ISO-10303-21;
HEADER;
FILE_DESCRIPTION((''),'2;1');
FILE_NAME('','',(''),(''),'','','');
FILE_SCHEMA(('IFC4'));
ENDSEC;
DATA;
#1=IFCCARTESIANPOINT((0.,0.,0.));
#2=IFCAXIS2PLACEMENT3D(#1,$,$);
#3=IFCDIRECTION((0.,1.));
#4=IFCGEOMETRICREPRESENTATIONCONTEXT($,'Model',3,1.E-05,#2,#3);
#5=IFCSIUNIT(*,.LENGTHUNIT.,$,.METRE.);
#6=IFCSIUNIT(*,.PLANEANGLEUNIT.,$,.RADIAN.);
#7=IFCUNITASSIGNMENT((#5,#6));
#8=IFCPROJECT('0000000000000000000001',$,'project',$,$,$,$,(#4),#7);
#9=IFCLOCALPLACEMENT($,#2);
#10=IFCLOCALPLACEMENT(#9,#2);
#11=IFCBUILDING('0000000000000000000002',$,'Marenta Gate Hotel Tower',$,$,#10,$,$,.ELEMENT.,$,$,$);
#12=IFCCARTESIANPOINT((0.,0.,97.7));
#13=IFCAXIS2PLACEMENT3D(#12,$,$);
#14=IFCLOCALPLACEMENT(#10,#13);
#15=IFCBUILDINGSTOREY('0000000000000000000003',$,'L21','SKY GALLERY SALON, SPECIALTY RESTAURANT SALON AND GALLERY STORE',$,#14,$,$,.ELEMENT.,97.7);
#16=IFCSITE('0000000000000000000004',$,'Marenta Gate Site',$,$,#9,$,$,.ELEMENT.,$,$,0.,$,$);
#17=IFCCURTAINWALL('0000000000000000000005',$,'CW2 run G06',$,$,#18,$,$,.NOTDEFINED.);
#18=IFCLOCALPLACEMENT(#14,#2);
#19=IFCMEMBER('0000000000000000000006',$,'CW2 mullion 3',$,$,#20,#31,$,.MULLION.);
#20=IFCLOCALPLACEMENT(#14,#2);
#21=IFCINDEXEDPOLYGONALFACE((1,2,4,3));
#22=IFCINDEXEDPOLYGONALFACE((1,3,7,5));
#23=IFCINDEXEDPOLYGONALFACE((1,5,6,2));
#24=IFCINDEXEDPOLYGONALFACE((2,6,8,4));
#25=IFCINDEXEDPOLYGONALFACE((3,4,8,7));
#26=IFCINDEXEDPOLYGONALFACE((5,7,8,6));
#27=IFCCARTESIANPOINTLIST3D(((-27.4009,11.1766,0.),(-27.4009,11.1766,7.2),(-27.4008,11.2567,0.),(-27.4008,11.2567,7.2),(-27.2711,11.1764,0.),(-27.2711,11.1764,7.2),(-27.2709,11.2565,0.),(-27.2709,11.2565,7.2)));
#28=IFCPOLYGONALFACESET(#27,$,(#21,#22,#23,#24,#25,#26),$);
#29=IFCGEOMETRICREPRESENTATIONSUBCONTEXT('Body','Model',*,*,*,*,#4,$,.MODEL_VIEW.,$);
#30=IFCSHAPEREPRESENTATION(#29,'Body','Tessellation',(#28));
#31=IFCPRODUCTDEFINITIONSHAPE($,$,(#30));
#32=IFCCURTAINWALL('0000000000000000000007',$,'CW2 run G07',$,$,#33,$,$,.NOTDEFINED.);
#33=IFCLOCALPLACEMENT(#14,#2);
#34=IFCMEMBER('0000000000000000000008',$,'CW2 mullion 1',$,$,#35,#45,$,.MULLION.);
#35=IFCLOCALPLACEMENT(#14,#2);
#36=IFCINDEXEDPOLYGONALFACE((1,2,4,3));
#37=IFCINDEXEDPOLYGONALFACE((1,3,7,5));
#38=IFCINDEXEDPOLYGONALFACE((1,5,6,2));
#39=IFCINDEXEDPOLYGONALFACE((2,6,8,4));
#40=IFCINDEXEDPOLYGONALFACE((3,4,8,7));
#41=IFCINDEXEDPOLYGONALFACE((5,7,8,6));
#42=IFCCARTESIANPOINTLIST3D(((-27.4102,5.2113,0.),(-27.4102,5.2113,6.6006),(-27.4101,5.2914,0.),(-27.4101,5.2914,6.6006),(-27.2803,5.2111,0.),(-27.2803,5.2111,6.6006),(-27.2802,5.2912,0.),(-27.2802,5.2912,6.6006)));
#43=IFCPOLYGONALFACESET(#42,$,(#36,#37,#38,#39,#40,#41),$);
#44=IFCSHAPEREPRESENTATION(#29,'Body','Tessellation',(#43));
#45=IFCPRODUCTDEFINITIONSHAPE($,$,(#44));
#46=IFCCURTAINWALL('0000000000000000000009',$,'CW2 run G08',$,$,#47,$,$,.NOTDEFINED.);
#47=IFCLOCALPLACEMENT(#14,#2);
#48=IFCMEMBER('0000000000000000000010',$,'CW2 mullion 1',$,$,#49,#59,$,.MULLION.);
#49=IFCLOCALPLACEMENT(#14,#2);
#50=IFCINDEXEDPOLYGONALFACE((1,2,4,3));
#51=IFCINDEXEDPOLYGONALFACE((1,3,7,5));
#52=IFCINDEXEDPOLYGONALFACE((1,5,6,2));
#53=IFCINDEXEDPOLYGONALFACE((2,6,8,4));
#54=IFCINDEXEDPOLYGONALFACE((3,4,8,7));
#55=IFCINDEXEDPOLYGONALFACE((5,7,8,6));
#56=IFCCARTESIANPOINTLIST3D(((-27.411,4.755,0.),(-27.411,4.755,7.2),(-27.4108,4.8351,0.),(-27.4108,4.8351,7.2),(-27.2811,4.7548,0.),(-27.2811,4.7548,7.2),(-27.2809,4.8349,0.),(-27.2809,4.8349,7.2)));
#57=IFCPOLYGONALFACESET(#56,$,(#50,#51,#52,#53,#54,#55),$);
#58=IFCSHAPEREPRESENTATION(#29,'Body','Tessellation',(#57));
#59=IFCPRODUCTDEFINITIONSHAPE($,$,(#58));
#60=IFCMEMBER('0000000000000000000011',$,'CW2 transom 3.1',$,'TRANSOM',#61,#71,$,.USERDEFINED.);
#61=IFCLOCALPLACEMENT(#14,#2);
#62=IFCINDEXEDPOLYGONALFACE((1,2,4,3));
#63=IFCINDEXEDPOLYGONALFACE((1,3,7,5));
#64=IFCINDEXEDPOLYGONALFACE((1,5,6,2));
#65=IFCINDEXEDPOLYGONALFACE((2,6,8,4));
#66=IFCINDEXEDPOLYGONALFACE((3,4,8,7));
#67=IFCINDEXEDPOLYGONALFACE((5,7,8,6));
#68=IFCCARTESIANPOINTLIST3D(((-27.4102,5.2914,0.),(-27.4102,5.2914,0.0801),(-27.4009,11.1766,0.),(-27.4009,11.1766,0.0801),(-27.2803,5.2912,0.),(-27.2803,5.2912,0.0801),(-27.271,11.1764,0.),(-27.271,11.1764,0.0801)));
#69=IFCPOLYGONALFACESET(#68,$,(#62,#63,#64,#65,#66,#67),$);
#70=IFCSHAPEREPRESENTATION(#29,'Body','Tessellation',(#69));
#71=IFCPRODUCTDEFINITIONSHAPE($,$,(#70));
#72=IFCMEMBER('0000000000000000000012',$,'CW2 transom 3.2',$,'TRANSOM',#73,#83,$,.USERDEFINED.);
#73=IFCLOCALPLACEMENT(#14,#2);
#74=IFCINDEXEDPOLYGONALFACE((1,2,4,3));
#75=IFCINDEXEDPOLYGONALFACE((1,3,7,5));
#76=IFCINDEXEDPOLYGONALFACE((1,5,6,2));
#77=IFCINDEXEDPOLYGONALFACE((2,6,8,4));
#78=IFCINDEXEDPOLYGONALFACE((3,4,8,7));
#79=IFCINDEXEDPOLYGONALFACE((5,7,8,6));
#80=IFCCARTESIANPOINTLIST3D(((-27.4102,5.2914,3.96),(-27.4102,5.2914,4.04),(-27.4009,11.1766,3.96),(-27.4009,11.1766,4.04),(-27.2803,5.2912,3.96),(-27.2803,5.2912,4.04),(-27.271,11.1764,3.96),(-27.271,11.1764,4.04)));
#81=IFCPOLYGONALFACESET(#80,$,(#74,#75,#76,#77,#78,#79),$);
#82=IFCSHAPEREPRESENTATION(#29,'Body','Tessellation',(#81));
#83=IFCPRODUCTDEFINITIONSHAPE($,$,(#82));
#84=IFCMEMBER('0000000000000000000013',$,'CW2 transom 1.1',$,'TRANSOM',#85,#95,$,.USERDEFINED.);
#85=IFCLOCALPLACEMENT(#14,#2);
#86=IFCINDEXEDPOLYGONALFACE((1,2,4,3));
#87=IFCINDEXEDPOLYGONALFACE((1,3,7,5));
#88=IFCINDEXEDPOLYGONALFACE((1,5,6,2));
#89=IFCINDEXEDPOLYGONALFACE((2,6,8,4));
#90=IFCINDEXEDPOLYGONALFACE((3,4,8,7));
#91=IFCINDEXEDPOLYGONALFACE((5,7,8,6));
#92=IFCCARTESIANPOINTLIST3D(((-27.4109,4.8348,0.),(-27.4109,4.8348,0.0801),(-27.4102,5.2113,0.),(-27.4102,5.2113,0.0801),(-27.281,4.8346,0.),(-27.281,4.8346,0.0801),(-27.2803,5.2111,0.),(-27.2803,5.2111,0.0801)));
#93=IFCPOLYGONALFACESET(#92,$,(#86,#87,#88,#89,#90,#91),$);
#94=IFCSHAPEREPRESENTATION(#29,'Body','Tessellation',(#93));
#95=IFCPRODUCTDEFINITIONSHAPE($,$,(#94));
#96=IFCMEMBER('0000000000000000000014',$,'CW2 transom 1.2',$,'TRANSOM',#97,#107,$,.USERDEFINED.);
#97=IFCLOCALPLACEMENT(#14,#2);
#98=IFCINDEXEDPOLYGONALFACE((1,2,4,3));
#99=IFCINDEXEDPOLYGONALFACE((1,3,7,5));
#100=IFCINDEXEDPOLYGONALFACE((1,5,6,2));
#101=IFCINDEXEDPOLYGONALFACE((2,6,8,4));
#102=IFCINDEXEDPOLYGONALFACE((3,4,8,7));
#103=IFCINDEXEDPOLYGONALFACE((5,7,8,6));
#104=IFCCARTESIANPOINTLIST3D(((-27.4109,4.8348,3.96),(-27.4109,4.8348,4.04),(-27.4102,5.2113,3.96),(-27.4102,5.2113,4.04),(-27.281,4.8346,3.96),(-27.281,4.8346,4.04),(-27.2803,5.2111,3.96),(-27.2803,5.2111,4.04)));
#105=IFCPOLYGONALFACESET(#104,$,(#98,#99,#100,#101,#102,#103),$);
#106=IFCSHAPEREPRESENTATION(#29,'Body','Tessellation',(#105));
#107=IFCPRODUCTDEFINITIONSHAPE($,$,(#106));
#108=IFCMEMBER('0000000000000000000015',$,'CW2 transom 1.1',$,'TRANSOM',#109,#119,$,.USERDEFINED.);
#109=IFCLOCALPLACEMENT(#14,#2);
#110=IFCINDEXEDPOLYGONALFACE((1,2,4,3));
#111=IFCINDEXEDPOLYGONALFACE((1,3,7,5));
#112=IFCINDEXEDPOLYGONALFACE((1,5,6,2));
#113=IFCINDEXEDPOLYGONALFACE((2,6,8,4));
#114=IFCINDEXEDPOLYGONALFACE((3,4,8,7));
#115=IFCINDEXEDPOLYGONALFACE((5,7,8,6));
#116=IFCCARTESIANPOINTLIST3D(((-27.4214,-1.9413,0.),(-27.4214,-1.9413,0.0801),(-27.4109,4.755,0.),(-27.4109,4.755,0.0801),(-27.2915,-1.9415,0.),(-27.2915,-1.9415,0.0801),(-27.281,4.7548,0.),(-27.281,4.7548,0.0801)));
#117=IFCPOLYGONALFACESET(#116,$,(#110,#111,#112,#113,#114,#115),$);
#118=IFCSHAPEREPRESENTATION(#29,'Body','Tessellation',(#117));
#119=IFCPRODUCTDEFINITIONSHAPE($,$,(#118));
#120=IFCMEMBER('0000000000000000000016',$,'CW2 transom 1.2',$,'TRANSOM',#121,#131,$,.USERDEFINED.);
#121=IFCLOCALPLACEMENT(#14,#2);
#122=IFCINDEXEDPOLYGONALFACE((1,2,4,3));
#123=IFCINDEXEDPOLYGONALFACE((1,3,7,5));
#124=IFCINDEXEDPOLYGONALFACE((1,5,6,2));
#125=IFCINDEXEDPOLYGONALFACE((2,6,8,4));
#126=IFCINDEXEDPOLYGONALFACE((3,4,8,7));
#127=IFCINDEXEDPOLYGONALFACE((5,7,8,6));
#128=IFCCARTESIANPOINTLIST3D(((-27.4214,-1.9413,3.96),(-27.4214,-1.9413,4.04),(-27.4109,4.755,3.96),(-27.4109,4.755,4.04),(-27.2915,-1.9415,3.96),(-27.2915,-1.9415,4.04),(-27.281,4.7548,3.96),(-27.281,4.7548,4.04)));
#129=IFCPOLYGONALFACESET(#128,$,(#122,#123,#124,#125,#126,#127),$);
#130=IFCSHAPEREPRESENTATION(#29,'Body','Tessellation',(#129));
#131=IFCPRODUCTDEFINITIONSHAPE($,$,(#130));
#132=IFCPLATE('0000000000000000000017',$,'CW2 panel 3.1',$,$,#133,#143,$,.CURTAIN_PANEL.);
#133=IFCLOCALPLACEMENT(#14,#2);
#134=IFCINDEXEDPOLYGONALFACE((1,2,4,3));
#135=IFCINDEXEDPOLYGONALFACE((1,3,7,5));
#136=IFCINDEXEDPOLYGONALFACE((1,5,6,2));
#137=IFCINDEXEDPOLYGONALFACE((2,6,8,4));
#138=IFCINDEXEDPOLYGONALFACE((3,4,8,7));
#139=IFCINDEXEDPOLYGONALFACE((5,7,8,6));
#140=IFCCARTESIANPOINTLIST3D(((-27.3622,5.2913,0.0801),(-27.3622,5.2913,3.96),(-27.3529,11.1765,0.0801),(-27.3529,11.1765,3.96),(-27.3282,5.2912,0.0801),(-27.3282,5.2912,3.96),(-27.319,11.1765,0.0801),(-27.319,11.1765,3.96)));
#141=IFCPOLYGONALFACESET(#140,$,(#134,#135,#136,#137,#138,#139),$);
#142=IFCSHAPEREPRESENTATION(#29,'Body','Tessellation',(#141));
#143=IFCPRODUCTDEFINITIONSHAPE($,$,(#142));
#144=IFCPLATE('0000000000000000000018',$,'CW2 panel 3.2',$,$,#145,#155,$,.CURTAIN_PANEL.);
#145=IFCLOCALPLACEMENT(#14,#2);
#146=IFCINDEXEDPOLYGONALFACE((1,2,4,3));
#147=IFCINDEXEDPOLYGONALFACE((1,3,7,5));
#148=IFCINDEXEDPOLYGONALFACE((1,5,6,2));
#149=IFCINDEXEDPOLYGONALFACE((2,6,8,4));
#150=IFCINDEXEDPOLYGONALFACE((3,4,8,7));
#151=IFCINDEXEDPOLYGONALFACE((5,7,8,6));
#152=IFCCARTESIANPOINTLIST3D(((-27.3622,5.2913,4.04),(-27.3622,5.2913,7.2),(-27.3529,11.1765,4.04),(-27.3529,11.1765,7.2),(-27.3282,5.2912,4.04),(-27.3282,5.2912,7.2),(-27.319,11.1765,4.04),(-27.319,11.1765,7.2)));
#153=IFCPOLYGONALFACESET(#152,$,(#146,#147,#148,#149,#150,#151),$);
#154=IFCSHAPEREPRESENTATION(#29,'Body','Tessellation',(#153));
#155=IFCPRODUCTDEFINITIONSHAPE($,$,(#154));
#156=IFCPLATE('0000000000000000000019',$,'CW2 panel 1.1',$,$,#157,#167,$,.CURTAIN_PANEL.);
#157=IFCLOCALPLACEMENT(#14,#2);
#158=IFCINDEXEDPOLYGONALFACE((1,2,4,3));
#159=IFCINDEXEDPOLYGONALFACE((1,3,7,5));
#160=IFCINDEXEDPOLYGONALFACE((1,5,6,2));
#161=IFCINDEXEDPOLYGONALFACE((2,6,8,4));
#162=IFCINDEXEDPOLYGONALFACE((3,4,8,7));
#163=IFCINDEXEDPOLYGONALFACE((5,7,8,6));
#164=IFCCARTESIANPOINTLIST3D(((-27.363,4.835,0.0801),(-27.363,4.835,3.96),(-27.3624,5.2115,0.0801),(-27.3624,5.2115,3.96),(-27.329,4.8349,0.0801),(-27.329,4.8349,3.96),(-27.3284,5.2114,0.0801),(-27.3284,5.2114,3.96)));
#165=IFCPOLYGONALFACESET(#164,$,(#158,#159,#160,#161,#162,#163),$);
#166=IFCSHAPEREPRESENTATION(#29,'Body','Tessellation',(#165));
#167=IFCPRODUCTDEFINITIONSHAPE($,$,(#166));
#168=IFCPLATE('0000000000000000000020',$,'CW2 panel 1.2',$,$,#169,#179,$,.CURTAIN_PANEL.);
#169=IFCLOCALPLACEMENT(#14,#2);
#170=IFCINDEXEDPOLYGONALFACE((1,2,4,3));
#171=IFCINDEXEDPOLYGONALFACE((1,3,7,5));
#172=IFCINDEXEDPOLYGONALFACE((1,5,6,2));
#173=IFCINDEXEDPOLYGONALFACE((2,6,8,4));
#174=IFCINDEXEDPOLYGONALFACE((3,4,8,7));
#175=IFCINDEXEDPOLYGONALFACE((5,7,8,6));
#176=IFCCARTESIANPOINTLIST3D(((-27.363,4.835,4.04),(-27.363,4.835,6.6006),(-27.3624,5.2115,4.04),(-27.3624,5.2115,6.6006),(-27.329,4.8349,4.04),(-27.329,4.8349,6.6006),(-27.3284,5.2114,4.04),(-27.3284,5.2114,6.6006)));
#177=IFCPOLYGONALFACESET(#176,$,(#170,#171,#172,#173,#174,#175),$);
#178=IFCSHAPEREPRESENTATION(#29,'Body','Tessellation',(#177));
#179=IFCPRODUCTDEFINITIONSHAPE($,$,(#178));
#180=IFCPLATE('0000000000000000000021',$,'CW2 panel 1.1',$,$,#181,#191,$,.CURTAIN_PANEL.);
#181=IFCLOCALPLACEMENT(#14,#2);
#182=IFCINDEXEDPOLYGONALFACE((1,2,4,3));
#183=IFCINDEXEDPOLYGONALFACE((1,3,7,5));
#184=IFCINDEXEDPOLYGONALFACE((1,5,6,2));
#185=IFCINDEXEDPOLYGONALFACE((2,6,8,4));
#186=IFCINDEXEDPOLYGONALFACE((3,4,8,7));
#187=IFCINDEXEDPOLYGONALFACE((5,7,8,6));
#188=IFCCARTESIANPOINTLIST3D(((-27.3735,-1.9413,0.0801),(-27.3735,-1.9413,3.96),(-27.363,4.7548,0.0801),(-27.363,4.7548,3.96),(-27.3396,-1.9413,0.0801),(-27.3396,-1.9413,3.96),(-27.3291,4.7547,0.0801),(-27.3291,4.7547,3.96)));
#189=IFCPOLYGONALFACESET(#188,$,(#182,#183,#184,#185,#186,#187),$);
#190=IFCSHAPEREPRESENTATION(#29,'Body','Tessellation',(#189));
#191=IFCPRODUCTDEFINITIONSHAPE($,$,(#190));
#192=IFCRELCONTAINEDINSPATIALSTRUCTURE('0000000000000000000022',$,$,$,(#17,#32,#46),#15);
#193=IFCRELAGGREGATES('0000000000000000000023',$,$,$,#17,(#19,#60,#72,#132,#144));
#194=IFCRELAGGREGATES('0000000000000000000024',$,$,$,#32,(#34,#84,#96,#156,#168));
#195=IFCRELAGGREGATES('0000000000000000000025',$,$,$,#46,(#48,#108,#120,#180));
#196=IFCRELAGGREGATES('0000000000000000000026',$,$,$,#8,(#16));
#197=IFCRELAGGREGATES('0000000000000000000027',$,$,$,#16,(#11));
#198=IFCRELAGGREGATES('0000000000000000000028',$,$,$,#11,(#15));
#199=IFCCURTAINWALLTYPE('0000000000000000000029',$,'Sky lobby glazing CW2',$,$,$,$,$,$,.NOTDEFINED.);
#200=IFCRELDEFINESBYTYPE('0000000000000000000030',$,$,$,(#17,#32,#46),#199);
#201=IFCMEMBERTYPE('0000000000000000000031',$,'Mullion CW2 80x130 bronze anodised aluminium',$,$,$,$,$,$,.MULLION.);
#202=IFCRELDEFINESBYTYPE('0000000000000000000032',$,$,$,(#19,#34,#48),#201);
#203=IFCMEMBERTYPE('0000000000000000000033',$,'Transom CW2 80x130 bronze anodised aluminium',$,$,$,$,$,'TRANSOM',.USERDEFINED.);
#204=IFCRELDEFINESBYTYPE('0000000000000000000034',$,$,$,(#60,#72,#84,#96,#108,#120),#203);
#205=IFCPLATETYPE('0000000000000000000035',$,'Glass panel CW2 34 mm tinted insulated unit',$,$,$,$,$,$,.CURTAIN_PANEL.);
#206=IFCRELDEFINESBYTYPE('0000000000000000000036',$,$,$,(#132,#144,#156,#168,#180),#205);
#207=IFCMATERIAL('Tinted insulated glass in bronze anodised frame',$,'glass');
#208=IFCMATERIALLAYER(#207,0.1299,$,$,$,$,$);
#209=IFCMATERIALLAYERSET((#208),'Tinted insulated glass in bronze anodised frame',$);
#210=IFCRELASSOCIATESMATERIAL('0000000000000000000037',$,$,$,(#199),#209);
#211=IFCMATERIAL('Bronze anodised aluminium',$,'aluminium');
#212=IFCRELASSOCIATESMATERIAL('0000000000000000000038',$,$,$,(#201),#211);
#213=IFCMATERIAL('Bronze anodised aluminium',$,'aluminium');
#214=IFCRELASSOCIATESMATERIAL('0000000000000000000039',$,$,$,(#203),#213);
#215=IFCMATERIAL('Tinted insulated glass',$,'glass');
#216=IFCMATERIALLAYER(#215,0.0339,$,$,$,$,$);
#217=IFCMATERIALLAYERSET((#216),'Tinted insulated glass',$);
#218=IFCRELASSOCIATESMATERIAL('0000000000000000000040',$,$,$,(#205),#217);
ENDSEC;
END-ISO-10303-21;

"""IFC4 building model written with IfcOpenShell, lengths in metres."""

from ifc_helpers import new_model, si_unit, direction, frame, origin, origin_2d, place, context, subcontext, project, spatial, rectangle, extrude, material, layer, layer_set, material_profile, profile_set, type_object, element, aggregate, save


model = new_model("IFC4")

# Units and contexts
model_context = context("Model", 3, precision=1e-05, world=origin(), true_north=direction((0.0, 1.0)))
body_context = subcontext(model_context, "Body", "Model", "MODEL_VIEW")
ifc_project = project(units=[si_unit("LENGTHUNIT", "METRE"), si_unit("PLANEANGLEUNIT", "RADIAN")], contexts=[model_context])

# Site, building, storey
site_placement = place(None, origin())
site = spatial("IfcSite", under=ifc_project, at=site_placement, Name="Marenta Gate Site", CompositionType="ELEMENT", RefElevation=0.0)
building_placement = place(site_placement, origin())
building = spatial("IfcBuilding", under=site, at=building_placement, Name="Marenta Gate Hotel Tower", CompositionType="ELEMENT")
storey_placement = place(building_placement, frame((0.0, 0.0, 97.7)))
storey = spatial("IfcBuildingStorey", under=building, at=storey_placement, Name="L21", Description="SKY GALLERY SALON, SPECIALTY RESTAURANT SALON AND GALLERY STORE", CompositionType="ELEMENT", Elevation=97.7)

# Curtain walls, members
ifc_material_1 = material(Name="Tinted insulated glass in bronze anodised frame", Category="glass")
ifc_layer_1 = layer(ifc_material_1, 0.1299)
ifc_layer_set_1 = layer_set([ifc_layer_1], Name="Tinted insulated glass in bronze anodised frame")
curtain_wall_type = type_object("IfcCurtainWallType", Name="Sky lobby glazing CW2", PredefinedType="NOTDEFINED", material=ifc_layer_set_1)
curtain_wall_1_placement = place(storey_placement, origin())
curtain_wall_1 = element("IfcCurtainWall", 1, at=curtain_wall_1_placement, inside=storey, type_object=curtain_wall_type, Name="CW2 run G06", PredefinedType="NOTDEFINED")
ifc_material_2 = material(Name="Bronze anodised aluminium", Category="aluminium")
ifc_material_profile_1 = material_profile(ifc_material_2, rectangle(XDim=0.1299, YDim=0.0801, at=origin_2d()), Name="Mullion CW2 80x130 bronze anodised aluminium")
ifc_profile_set_1 = profile_set([ifc_material_profile_1], Name="Bronze anodised aluminium")
member_type_1 = type_object("IfcMemberType", Name="Mullion CW2 80x130 bronze anodised aluminium", PredefinedType="MULLION", material=ifc_profile_set_1)
member_1_placement = place(storey_placement, frame((-27.3359, 11.2166, 0.0), z_axis=(0.0, 0.0, 1.0), x_axis=(0.999999, -0.00157, 0.0)))
member_1 = element("IfcMember", 2, at=member_1_placement, type_object=member_type_1, Name="CW2 mullion 3", PredefinedType="MULLION", context=body_context, shape_type="SweptSolid", body=[
    extrude(rectangle(XDim=0.1299, YDim=0.0801, at=origin_2d()), origin(), (0.0, 0.0, 1.0), 7.2),
])
curtain_wall_2_placement = place(storey_placement, origin())
curtain_wall_2 = element("IfcCurtainWall", 3, at=curtain_wall_2_placement, inside=storey, type_object=curtain_wall_type, Name="CW2 run G07", PredefinedType="NOTDEFINED")
member_2_placement = place(storey_placement, frame((-27.3452, 5.2512, 0.0), z_axis=(0.0, 0.0, 1.0), x_axis=(0.999999, -0.001533, 0.0)))
member_2 = element("IfcMember", 4, at=member_2_placement, type_object=member_type_1, Name="CW2 mullion 1", PredefinedType="MULLION", context=body_context, shape_type="SweptSolid", body=[
    extrude(rectangle(XDim=0.1299, YDim=0.0801, at=origin_2d()), origin(), (0.0, 0.0, 1.0), 6.6006),
])
curtain_wall_3_placement = place(storey_placement, origin())
curtain_wall_3 = element("IfcCurtainWall", 5, at=curtain_wall_3_placement, inside=storey, type_object=curtain_wall_type, Name="CW2 run G08", PredefinedType="NOTDEFINED")
member_3_placement = place(storey_placement, frame((-27.3459, 4.7949, 0.0), z_axis=(0.0, 0.0, 1.0), x_axis=(0.999999, -0.001565, 0.0)))
member_3 = element("IfcMember", 6, at=member_3_placement, type_object=member_type_1, Name="CW2 mullion 1", PredefinedType="MULLION", context=body_context, shape_type="SweptSolid", body=[
    extrude(rectangle(XDim=0.1299, YDim=0.0801, at=origin_2d()), origin(), (0.0, 0.0, 1.0), 7.2),
])

# Members
ifc_material_3 = material(Name="Bronze anodised aluminium", Category="aluminium")
ifc_material_profile_2 = material_profile(ifc_material_3, rectangle(XDim=0.1299, YDim=0.0801, at=origin_2d()), Name="Transom CW2 80x130 bronze anodised aluminium")
ifc_profile_set_2 = profile_set([ifc_material_profile_2], Name="Bronze anodised aluminium")
member_type_2 = type_object("IfcMemberType", Name="Transom CW2 80x130 bronze anodised aluminium", ElementType="TRANSOM", PredefinedType="USERDEFINED", material=ifc_profile_set_2)
member_4_placement = place(storey_placement, frame((-27.3359, 11.1765, 0.04), z_axis=(-0.001576, -0.999999, 0.0), x_axis=(0.999999, -0.001576, 0.0)))
member_4 = element("IfcMember", 7, at=member_4_placement, type_object=member_type_2, Name="CW2 transom 3.1", ObjectType="TRANSOM", PredefinedType="USERDEFINED", context=body_context, shape_type="SweptSolid", body=[
    extrude(rectangle(XDim=0.1299, YDim=0.0801, at=origin_2d()), origin(), (0.0, 0.0, 1.0), 5.8853),
])
member_5_placement = place(storey_placement, frame((-27.3359, 11.1765, 4.0), z_axis=(-0.001576, -0.999999, 0.0), x_axis=(0.999999, -0.001576, 0.0)))
member_5 = element("IfcMember", 8, at=member_5_placement, type_object=member_type_2, Name="CW2 transom 3.2", ObjectType="TRANSOM", PredefinedType="USERDEFINED", context=body_context, shape_type="SweptSolid", body=[
    extrude(rectangle(XDim=0.1299, YDim=0.0801, at=origin_2d()), origin(), (0.0, 0.0, 1.0), 5.8853),
])
member_6_placement = place(storey_placement, frame((-27.3452, 5.2112, 0.04), z_axis=(-0.001946, -0.999998, 0.0), x_axis=(0.999998, -0.001946, 0.0)))
member_6 = element("IfcMember", 9, at=member_6_placement, type_object=member_type_2, Name="CW2 transom 1.1", ObjectType="TRANSOM", PredefinedType="USERDEFINED", context=body_context, shape_type="SweptSolid", body=[
    extrude(rectangle(XDim=0.1299, YDim=0.0801, at=origin_2d()), origin(), (0.0, 0.0, 1.0), 0.3765),
])
member_7_placement = place(storey_placement, frame((-27.3452, 5.2112, 4.0), z_axis=(-0.001946, -0.999998, 0.0), x_axis=(0.999998, -0.001946, 0.0)))
member_7 = element("IfcMember", 10, at=member_7_placement, type_object=member_type_2, Name="CW2 transom 1.2", ObjectType="TRANSOM", PredefinedType="USERDEFINED", context=body_context, shape_type="SweptSolid", body=[
    extrude(rectangle(XDim=0.1299, YDim=0.0801, at=origin_2d()), origin(), (0.0, 0.0, 1.0), 0.3765),
])
member_8_placement = place(storey_placement, frame((-27.3459, 4.7549, 0.04), z_axis=(-0.001568, -0.999999, 0.0), x_axis=(0.999999, -0.001568, 0.0)))
member_8 = element("IfcMember", 11, at=member_8_placement, type_object=member_type_2, Name="CW2 transom 1.1", ObjectType="TRANSOM", PredefinedType="USERDEFINED", context=body_context, shape_type="SweptSolid", body=[
    extrude(rectangle(XDim=0.1299, YDim=0.0801, at=origin_2d()), origin(), (0.0, 0.0, 1.0), 6.6963),
])
member_9_placement = place(storey_placement, frame((-27.3459, 4.7549, 4.0), z_axis=(-0.001568, -0.999999, 0.0), x_axis=(0.999999, -0.001568, 0.0)))
member_9 = element("IfcMember", 12, at=member_9_placement, type_object=member_type_2, Name="CW2 transom 1.2", ObjectType="TRANSOM", PredefinedType="USERDEFINED", context=body_context, shape_type="SweptSolid", body=[
    extrude(rectangle(XDim=0.1299, YDim=0.0801, at=origin_2d()), origin(), (0.0, 0.0, 1.0), 6.6963),
])

# Plates
ifc_material_4 = material(Name="Tinted insulated glass", Category="glass")
ifc_layer_2 = layer(ifc_material_4, 0.0339)
ifc_layer_set_2 = layer_set([ifc_layer_2], Name="Tinted insulated glass")
plate_type = type_object("IfcPlateType", Name="Glass panel CW2 34 mm tinted insulated unit", PredefinedType="CURTAIN_PANEL", material=ifc_layer_set_2)
plate_1_placement = place(storey_placement, frame((-27.3406, 8.2339, 0.0801), z_axis=(0.0, 0.0, 1.0), x_axis=(-0.00157, -0.999999, 0.0)))
plate_1 = element("IfcPlate", 13, at=plate_1_placement, type_object=plate_type, Name="CW2 panel 3.1", PredefinedType="CURTAIN_PANEL", context=body_context, shape_type="SweptSolid", body=[
    extrude(rectangle(XDim=5.8853, YDim=0.0339, at=origin_2d()), origin(), (0.0, 0.0, 1.0), 3.8799),
])
plate_2_placement = place(storey_placement, frame((-27.3406, 8.2339, 4.04), z_axis=(0.0, 0.0, 1.0), x_axis=(-0.00157, -0.999999, 0.0)))
plate_2 = element("IfcPlate", 14, at=plate_2_placement, type_object=plate_type, Name="CW2 panel 3.2", PredefinedType="CURTAIN_PANEL", context=body_context, shape_type="SweptSolid", body=[
    extrude(rectangle(XDim=5.8853, YDim=0.0339, at=origin_2d()), origin(), (0.0, 0.0, 1.0), 3.1599),
])
aggregate(curtain_wall_1, [member_1, member_4, member_5, plate_1, plate_2])
plate_3_placement = place(storey_placement, frame((-27.3457, 5.0232, 0.0801), z_axis=(0.0, 0.0, 1.0), x_axis=(-0.001533, -0.999999, 0.0)))
plate_3 = element("IfcPlate", 15, at=plate_3_placement, type_object=plate_type, Name="CW2 panel 1.1", PredefinedType="CURTAIN_PANEL", context=body_context, shape_type="SweptSolid", body=[
    extrude(rectangle(XDim=0.3765, YDim=0.0339, at=origin_2d()), origin(), (0.0, 0.0, 1.0), 3.8799),
])
plate_4_placement = place(storey_placement, frame((-27.3457, 5.0232, 4.04), z_axis=(0.0, 0.0, 1.0), x_axis=(-0.001533, -0.999999, 0.0)))
plate_4 = element("IfcPlate", 16, at=plate_4_placement, type_object=plate_type, Name="CW2 panel 1.2", PredefinedType="CURTAIN_PANEL", context=body_context, shape_type="SweptSolid", body=[
    extrude(rectangle(XDim=0.3765, YDim=0.0339, at=origin_2d()), origin(), (0.0, 0.0, 1.0), 2.5605),
])
aggregate(curtain_wall_2, [member_2, member_6, member_7, plate_3, plate_4])
plate_5_placement = place(storey_placement, frame((-27.3513, 1.4067, 0.0801), z_axis=(0.0, 0.0, 1.0), x_axis=(-0.001565, -0.999999, 0.0)))
plate_5 = element("IfcPlate", 17, at=plate_5_placement, type_object=plate_type, Name="CW2 panel 1.1", PredefinedType="CURTAIN_PANEL", context=body_context, shape_type="SweptSolid", body=[
    extrude(rectangle(XDim=6.696, YDim=0.0339, at=origin_2d()), origin(), (0.0, 0.0, 1.0), 3.8799),
])
aggregate(curtain_wall_3, [member_3, member_8, member_9, plate_5])

save(model, "model.ifc")
